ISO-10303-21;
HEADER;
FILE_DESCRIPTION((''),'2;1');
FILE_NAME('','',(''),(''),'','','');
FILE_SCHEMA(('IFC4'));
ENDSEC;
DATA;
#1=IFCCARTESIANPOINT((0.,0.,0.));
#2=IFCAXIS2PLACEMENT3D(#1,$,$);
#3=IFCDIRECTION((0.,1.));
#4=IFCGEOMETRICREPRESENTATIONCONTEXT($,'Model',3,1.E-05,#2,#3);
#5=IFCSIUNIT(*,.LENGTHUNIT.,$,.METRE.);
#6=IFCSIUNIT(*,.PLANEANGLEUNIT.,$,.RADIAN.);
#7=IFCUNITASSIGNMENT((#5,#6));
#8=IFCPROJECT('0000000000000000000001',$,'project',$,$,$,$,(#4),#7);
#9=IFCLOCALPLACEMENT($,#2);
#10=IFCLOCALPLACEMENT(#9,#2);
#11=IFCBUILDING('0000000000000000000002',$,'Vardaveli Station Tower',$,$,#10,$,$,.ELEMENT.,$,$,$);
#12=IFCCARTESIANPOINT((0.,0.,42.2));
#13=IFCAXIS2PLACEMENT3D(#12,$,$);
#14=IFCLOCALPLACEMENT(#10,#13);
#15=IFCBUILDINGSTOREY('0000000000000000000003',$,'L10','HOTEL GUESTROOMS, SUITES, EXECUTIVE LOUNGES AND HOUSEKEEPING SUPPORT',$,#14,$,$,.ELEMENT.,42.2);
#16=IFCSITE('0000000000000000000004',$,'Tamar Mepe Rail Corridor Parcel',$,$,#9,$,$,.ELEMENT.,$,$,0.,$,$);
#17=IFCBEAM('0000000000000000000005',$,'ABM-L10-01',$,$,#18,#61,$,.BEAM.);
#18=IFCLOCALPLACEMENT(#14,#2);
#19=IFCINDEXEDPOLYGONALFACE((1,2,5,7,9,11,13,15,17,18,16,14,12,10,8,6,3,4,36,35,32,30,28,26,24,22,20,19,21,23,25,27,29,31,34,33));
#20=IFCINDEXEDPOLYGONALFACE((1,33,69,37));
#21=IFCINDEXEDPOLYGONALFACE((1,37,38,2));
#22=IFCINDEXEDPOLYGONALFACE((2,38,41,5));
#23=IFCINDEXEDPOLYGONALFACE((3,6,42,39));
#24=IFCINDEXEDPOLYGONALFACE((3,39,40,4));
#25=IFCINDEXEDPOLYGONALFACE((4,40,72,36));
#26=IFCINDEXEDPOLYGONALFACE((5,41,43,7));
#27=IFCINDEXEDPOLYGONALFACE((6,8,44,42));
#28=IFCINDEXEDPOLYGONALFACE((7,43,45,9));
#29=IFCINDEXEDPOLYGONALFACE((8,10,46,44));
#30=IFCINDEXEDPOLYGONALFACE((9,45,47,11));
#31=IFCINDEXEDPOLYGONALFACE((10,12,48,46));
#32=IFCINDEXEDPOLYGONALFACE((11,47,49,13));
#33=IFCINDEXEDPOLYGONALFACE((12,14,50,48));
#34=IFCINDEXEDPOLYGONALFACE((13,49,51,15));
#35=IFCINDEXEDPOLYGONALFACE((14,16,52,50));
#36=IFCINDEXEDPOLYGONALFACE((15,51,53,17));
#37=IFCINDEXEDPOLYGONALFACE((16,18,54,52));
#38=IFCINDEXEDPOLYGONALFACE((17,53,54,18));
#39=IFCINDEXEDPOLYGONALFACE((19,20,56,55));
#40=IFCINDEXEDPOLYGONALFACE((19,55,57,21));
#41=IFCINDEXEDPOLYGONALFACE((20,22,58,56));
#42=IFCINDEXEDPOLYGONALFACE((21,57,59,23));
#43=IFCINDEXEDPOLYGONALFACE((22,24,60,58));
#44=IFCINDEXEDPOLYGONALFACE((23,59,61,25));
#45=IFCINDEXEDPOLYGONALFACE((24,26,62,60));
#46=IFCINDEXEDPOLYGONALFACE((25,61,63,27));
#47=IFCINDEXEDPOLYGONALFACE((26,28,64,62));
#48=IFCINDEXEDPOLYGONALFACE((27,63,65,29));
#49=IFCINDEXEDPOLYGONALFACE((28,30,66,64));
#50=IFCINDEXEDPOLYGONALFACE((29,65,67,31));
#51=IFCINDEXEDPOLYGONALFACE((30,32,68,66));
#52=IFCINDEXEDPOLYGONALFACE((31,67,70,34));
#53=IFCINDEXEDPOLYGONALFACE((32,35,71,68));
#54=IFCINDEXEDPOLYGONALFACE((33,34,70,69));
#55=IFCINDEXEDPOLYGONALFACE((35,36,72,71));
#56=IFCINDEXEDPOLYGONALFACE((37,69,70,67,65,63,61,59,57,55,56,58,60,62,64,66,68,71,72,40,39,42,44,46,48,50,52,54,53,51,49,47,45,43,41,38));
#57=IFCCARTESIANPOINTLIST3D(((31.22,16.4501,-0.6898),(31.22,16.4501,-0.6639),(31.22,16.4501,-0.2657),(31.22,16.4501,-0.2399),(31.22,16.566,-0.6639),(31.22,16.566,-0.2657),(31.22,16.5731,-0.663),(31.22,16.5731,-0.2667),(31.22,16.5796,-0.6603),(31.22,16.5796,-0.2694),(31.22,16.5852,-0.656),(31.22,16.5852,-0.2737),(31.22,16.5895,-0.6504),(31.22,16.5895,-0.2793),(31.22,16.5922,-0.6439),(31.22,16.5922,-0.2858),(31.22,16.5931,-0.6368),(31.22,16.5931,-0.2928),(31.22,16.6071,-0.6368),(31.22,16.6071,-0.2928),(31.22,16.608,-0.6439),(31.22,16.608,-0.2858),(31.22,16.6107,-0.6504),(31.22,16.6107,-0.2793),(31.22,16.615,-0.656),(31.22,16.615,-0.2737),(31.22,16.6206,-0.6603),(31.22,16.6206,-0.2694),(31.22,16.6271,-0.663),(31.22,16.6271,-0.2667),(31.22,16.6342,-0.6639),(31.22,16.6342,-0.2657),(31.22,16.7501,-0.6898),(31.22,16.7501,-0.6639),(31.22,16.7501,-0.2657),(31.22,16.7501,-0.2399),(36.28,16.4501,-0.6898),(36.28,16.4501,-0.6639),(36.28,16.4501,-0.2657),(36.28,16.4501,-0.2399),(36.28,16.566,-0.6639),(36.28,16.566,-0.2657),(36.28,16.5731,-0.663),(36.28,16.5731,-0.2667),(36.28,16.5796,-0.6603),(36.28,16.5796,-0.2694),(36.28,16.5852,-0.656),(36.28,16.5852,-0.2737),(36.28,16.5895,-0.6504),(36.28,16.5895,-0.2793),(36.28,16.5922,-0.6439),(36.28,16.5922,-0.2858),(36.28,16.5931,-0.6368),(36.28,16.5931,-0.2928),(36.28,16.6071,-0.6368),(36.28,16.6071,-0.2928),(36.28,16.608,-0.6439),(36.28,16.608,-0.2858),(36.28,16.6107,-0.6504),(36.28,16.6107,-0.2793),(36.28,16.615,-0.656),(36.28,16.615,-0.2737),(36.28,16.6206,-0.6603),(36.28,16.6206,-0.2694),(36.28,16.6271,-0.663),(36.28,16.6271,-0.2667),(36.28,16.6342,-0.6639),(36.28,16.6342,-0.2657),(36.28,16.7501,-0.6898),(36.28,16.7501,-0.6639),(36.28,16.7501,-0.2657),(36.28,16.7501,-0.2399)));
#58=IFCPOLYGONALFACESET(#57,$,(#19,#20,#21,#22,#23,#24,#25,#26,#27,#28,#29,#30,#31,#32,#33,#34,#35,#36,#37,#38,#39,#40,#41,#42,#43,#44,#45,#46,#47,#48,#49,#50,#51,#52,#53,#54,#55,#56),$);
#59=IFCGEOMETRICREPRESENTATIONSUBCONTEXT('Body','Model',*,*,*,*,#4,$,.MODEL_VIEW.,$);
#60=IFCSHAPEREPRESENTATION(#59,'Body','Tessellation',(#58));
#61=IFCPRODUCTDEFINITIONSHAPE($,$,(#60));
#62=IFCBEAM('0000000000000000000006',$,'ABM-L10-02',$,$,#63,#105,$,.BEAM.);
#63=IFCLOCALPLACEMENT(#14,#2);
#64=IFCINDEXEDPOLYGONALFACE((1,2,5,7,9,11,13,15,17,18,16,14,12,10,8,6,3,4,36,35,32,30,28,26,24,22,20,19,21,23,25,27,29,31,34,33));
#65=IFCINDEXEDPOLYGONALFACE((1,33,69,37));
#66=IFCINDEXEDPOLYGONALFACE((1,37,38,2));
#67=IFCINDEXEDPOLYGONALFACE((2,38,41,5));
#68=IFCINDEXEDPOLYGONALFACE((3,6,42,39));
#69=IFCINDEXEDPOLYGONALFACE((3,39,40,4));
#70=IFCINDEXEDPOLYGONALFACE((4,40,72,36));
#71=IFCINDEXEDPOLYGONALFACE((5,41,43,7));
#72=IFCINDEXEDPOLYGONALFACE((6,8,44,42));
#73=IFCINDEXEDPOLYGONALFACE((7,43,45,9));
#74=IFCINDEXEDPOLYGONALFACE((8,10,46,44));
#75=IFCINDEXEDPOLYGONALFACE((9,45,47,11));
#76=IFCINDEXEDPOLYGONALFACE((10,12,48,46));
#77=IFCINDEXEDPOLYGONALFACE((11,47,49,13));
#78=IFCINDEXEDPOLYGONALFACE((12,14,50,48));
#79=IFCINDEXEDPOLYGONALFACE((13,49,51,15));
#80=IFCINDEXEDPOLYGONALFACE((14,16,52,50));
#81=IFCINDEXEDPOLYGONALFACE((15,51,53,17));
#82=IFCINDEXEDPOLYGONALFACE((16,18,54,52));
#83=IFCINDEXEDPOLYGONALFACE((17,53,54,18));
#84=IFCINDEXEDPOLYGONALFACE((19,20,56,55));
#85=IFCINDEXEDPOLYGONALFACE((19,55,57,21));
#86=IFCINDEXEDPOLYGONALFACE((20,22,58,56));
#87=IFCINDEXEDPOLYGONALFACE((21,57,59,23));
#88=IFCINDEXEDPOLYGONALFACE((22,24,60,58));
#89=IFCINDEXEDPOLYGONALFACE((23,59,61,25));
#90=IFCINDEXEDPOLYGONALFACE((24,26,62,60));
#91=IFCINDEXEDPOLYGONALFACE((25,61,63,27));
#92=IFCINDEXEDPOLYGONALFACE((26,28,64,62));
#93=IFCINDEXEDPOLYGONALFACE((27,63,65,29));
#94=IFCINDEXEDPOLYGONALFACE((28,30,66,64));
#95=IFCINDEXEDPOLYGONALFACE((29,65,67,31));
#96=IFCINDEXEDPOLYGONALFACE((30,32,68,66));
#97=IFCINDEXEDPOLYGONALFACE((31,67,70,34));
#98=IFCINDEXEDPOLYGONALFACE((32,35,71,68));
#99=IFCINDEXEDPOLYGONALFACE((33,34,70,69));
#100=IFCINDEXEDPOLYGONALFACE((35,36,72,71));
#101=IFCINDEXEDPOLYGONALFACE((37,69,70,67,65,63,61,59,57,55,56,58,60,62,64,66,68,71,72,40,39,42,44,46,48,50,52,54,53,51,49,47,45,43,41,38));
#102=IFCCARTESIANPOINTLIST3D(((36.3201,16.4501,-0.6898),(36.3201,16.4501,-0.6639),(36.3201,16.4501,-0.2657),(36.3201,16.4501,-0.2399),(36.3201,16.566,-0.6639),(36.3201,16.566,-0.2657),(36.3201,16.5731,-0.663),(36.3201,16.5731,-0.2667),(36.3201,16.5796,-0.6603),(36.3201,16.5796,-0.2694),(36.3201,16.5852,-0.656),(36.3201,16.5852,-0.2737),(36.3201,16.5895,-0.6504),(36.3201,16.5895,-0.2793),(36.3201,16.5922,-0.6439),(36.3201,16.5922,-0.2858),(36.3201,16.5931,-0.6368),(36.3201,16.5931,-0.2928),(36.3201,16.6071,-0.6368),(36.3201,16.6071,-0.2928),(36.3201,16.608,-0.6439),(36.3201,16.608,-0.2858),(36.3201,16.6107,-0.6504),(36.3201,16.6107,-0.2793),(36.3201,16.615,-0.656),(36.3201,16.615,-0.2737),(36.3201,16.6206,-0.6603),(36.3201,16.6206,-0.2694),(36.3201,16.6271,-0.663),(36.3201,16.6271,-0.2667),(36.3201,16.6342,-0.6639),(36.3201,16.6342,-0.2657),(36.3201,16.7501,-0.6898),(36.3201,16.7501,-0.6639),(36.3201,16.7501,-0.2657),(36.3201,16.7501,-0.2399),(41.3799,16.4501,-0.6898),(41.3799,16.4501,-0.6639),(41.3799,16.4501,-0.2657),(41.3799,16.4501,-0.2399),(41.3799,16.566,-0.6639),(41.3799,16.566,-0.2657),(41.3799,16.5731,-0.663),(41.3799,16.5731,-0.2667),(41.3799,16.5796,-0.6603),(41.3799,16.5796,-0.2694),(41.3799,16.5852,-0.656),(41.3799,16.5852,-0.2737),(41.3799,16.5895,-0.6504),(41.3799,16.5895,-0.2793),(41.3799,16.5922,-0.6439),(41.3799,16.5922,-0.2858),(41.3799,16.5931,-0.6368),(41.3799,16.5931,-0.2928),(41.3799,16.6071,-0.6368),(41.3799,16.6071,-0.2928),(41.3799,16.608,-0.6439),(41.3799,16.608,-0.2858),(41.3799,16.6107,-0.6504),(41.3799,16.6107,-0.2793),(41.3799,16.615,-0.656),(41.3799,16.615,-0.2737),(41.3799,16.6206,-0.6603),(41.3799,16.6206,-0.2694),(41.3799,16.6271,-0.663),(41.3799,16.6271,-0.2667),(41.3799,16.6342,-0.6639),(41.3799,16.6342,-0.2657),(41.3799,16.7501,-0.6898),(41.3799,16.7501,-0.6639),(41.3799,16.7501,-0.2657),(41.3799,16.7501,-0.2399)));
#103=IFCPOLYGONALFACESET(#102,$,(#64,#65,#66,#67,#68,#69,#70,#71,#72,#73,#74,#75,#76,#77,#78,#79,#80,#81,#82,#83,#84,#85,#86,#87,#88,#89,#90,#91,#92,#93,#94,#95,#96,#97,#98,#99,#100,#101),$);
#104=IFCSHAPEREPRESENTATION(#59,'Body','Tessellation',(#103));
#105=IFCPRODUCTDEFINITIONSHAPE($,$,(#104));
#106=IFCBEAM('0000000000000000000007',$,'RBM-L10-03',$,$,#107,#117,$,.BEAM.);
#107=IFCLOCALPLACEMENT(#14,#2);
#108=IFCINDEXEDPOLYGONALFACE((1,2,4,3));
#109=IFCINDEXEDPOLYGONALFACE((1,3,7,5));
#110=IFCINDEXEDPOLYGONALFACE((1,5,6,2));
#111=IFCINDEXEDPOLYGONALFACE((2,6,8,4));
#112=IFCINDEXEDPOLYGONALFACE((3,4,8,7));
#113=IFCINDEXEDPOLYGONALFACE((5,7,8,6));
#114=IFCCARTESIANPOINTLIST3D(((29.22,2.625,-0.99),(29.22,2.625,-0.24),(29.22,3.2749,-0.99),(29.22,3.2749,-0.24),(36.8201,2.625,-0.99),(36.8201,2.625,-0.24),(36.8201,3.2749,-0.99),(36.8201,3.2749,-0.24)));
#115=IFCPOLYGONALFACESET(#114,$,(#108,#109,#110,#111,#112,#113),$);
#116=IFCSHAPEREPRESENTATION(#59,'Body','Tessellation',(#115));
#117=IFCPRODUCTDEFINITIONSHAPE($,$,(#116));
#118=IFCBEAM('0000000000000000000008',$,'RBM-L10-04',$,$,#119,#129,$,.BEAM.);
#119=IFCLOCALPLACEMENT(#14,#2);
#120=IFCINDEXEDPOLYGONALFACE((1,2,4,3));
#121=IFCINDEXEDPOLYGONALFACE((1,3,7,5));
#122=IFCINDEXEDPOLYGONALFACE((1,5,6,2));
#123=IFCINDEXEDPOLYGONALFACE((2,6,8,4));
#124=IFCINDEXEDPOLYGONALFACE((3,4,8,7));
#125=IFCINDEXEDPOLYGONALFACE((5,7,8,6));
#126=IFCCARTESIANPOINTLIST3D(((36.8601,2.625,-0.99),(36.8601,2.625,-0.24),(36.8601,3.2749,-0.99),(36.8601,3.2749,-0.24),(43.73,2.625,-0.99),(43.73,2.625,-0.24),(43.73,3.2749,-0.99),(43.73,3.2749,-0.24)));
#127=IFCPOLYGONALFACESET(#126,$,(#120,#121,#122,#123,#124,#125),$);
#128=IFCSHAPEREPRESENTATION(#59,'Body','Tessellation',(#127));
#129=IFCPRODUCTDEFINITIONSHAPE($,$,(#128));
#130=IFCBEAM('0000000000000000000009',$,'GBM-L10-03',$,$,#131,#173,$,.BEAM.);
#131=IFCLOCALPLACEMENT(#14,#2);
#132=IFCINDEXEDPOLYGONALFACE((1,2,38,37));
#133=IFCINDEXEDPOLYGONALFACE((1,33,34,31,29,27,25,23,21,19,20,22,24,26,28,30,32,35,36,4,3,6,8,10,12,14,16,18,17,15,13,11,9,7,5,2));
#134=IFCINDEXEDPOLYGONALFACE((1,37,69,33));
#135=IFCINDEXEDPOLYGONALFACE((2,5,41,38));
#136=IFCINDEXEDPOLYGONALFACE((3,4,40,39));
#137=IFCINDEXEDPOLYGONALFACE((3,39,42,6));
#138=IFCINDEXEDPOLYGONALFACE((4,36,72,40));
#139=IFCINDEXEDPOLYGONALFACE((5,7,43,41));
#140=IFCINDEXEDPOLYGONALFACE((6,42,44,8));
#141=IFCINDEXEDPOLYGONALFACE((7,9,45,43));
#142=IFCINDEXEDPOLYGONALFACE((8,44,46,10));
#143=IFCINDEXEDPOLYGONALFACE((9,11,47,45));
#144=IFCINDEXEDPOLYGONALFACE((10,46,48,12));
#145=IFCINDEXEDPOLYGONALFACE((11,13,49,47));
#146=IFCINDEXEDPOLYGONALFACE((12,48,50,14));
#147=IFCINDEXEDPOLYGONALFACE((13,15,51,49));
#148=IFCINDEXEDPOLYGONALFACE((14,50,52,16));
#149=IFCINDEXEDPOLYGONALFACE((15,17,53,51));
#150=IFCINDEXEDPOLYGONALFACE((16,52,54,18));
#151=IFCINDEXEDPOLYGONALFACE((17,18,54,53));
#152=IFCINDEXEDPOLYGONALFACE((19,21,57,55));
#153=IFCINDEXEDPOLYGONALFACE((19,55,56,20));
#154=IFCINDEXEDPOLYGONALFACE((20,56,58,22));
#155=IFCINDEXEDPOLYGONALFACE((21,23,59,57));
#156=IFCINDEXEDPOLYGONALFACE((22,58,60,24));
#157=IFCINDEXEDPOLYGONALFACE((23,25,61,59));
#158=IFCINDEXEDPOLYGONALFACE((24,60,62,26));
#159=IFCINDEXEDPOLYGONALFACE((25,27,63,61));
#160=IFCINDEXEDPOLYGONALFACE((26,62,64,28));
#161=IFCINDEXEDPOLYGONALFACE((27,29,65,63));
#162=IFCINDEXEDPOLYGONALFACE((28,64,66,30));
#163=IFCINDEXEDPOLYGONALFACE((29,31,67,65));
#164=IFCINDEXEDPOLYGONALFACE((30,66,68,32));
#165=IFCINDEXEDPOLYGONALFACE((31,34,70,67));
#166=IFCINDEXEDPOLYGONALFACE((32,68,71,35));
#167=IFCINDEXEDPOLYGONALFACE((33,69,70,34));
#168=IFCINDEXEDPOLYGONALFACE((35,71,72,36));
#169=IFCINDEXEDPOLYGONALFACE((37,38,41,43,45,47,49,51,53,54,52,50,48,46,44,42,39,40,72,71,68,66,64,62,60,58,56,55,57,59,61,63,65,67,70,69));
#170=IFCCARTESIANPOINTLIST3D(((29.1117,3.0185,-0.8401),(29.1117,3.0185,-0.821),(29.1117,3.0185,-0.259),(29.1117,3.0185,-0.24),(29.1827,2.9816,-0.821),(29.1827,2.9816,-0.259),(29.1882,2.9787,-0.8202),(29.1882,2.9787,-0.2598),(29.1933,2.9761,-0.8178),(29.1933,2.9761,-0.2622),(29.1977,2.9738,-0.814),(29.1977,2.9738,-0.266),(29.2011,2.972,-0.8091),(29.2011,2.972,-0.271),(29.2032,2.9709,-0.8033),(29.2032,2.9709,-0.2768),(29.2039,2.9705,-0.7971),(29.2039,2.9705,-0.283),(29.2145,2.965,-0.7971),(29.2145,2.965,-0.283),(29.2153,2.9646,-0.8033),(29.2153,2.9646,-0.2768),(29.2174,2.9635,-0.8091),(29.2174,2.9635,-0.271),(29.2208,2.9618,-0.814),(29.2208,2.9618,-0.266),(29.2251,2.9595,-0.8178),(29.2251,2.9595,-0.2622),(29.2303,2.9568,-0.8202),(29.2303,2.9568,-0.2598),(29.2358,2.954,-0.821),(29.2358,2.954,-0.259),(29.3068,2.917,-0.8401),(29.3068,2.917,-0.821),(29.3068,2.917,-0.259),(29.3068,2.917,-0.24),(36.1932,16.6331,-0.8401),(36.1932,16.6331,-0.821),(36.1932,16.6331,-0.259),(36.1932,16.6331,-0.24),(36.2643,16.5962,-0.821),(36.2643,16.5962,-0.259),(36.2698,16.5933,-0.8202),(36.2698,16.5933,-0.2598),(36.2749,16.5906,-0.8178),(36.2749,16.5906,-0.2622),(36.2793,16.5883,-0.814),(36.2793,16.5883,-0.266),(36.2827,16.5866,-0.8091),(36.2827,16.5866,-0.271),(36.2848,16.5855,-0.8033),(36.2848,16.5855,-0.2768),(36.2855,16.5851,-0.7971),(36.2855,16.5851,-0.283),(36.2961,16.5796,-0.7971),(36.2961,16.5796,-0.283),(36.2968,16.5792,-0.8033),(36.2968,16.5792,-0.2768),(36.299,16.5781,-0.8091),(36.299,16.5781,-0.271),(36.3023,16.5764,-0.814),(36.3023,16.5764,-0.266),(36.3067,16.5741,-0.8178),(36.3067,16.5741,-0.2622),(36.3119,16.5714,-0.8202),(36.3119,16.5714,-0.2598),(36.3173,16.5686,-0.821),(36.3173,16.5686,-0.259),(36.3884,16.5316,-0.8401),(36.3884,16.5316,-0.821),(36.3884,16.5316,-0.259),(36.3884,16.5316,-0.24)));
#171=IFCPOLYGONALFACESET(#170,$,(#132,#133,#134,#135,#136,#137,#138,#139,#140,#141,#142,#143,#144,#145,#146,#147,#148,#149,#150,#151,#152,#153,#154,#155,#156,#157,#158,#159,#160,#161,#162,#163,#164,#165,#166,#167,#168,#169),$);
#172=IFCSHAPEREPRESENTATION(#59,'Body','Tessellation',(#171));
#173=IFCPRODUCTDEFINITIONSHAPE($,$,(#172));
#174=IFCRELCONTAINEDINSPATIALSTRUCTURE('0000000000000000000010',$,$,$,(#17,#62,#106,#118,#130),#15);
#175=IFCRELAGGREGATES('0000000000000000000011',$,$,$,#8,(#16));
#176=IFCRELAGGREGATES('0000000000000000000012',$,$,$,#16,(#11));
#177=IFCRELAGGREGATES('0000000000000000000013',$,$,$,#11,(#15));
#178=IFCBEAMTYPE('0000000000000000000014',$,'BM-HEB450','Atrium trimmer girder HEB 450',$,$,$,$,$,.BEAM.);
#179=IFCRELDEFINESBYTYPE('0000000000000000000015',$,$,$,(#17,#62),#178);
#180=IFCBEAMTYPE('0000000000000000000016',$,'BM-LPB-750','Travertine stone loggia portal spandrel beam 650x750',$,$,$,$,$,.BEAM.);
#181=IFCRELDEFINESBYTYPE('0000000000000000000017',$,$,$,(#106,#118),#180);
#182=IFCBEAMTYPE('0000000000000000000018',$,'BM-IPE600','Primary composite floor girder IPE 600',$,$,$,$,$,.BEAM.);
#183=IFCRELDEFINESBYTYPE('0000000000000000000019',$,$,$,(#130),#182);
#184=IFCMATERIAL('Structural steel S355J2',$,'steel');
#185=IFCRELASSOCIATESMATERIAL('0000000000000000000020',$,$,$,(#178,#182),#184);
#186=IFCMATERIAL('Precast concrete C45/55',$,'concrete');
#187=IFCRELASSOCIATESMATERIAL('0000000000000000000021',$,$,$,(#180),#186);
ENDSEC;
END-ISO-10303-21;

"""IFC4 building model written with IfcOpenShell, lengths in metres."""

from ifc_helpers import new_model, si_unit, direction, frame, origin, origin_2d, place, context, subcontext, project, spatial, rectangle, i_section, extrude, source, transform, mapped, material, material_profile, profile_set, type_object, element, save


model = new_model("IFC4")

# Units and contexts
model_context = context("Model", 3, precision=1e-05, world=origin(), true_north=direction((0.0, 1.0)))
body_context = subcontext(model_context, "Body", "Model", "MODEL_VIEW")
ifc_project = project(units=[si_unit("LENGTHUNIT", "METRE"), si_unit("PLANEANGLEUNIT", "RADIAN")], contexts=[model_context])

# Site, building, storey
site_placement = place(None, origin())
site = spatial("IfcSite", under=ifc_project, at=site_placement, Name="Tamar Mepe Rail Corridor Parcel", CompositionType="ELEMENT", RefElevation=0.0)
building_placement = place(site_placement, origin())
building = spatial("IfcBuilding", under=site, at=building_placement, Name="Vardaveli Station Tower", CompositionType="ELEMENT")
storey_placement = place(building_placement, frame((0.0, 0.0, 42.2)))
storey = spatial("IfcBuildingStorey", under=building, at=storey_placement, Name="L10", Description="HOTEL GUESTROOMS, SUITES, EXECUTIVE LOUNGES AND HOUSEKEEPING SUPPORT", CompositionType="ELEMENT", Elevation=42.2)

# Beams
ifc_material_1 = material(Name="Structural steel S355J2", Category="steel")
ifc_material_profile_1 = material_profile(ifc_material_1, i_section(OverallWidth=0.3, OverallDepth=0.45, WebThickness=0.0139, FlangeThickness=0.0259, FilletRadius=0.0271, at=origin_2d()), Name="HEB 450")
ifc_profile_set_1 = profile_set([ifc_material_profile_1], Name="Structural steel S355J2")
beam_type_1 = type_object("IfcBeamType", Name="BM-HEB450", Description="Atrium trimmer girder HEB 450", PredefinedType="BEAM", material=ifc_profile_set_1)
shared_shape_1 = source(origin(), body_context, "Body", "SweptSolid", [
    extrude(i_section(OverallWidth=0.3, OverallDepth=0.45, WebThickness=0.0139, FlangeThickness=0.0259, FilletRadius=0.0271, at=origin_2d()), origin(), (0.0, 0.0, 1.0), 5.0601),
])
beam_1_placement = place(storey_placement, frame((31.22, 16.6001, -0.4648), z_axis=(1.0, 0.0, 0.0), x_axis=(0.0, 1.0, 0.0)))
element("IfcBeam", 1, at=beam_1_placement, inside=storey, type_object=beam_type_1, Name="ABM-L10-01", PredefinedType="BEAM", context=body_context, shape_type="MappedRepresentation", body=[
    mapped(shared_shape_1, transform((0.0, 0.0, 0.0), scale=1.0)),
])
shared_shape_2 = source(origin(), body_context, "Body", "SweptSolid", [
    extrude(i_section(OverallWidth=0.3, OverallDepth=0.45, WebThickness=0.0139, FlangeThickness=0.0259, FilletRadius=0.0271, at=origin_2d()), origin(), (0.0, 0.0, 1.0), 5.0598),
])
beam_2_placement = place(storey_placement, frame((36.3201, 16.6001, -0.4648), z_axis=(1.0, 0.0, 0.0), x_axis=(0.0, 1.0, 0.0)))
element("IfcBeam", 2, at=beam_2_placement, inside=storey, type_object=beam_type_1, Name="ABM-L10-02", PredefinedType="BEAM", context=body_context, shape_type="MappedRepresentation", body=[
    mapped(shared_shape_2, transform((0.0, 0.0, 0.0), scale=1.0)),
])
ifc_material_2 = material(Name="Precast concrete C45/55", Category="concrete")
ifc_material_profile_2 = material_profile(ifc_material_2, rectangle(XDim=0.6499, YDim=0.75, at=origin_2d()), Name="LPB 650x750")
ifc_profile_set_2 = profile_set([ifc_material_profile_2], Name="Precast concrete C45/55")
beam_type_2 = type_object("IfcBeamType", Name="BM-LPB-750", Description="Travertine stone loggia portal spandrel beam 650x750", PredefinedType="BEAM", material=ifc_profile_set_2)
shared_shape_3 = source(origin(), body_context, "Body", "SweptSolid", [
    extrude(rectangle(XDim=0.6499, YDim=0.75, at=origin_2d()), origin(), (0.0, 0.0, 1.0), 7.6001),
])
beam_3_placement = place(storey_placement, frame((29.22, 2.95, -0.615), z_axis=(1.0, 0.0, 0.0), x_axis=(0.0, 1.0, 0.0)))
element("IfcBeam", 3, at=beam_3_placement, inside=storey, type_object=beam_type_2, Name="RBM-L10-03", PredefinedType="BEAM", context=body_context, shape_type="MappedRepresentation", body=[
    mapped(shared_shape_3, transform((0.0, 0.0, 0.0), scale=1.0)),
])
shared_shape_4 = source(origin(), body_context, "Body", "SweptSolid", [
    extrude(rectangle(XDim=0.6499, YDim=0.75, at=origin_2d()), origin(), (0.0, 0.0, 1.0), 6.8699),
])
beam_4_placement = place(storey_placement, frame((36.8601, 2.95, -0.615), z_axis=(1.0, 0.0, 0.0), x_axis=(0.0, 1.0, 0.0)))
element("IfcBeam", 4, at=beam_4_placement, inside=storey, type_object=beam_type_2, Name="RBM-L10-04", PredefinedType="BEAM", context=body_context, shape_type="MappedRepresentation", body=[
    mapped(shared_shape_4, transform((0.0, 0.0, 0.0), scale=1.0)),
])
ifc_material_profile_3 = material_profile(ifc_material_1, i_section(OverallWidth=0.22, OverallDepth=0.6001, WebThickness=0.012, FlangeThickness=0.019, FilletRadius=0.0239, at=origin_2d()), Name="IPE 600")
ifc_profile_set_3 = profile_set([ifc_material_profile_3], Name="Structural steel S355J2")
beam_type_3 = type_object("IfcBeamType", Name="BM-IPE600", Description="Primary composite floor girder IPE 600", PredefinedType="BEAM", material=ifc_profile_set_3)
shared_shape_5 = source(origin(), body_context, "Body", "SweptSolid", [
    extrude(i_section(OverallWidth=0.22, OverallDepth=0.6001, WebThickness=0.012, FlangeThickness=0.019, FilletRadius=0.0239, at=origin_2d()), origin(), (0.0, 0.0, 1.0), 15.3462),
])
beam_5_placement = place(storey_placement, frame((29.2092, 2.9678, -0.54), z_axis=(0.461455, 0.887163, 0.0), x_axis=(-0.887163, 0.461455, 0.0)))
element("IfcBeam", 5, at=beam_5_placement, inside=storey, type_object=beam_type_3, Name="GBM-L10-03", PredefinedType="BEAM", context=body_context, shape_type="MappedRepresentation", body=[
    mapped(shared_shape_5, transform((0.0, 0.0, 0.0), scale=1.0)),
])

save(model, "model.ifc")
